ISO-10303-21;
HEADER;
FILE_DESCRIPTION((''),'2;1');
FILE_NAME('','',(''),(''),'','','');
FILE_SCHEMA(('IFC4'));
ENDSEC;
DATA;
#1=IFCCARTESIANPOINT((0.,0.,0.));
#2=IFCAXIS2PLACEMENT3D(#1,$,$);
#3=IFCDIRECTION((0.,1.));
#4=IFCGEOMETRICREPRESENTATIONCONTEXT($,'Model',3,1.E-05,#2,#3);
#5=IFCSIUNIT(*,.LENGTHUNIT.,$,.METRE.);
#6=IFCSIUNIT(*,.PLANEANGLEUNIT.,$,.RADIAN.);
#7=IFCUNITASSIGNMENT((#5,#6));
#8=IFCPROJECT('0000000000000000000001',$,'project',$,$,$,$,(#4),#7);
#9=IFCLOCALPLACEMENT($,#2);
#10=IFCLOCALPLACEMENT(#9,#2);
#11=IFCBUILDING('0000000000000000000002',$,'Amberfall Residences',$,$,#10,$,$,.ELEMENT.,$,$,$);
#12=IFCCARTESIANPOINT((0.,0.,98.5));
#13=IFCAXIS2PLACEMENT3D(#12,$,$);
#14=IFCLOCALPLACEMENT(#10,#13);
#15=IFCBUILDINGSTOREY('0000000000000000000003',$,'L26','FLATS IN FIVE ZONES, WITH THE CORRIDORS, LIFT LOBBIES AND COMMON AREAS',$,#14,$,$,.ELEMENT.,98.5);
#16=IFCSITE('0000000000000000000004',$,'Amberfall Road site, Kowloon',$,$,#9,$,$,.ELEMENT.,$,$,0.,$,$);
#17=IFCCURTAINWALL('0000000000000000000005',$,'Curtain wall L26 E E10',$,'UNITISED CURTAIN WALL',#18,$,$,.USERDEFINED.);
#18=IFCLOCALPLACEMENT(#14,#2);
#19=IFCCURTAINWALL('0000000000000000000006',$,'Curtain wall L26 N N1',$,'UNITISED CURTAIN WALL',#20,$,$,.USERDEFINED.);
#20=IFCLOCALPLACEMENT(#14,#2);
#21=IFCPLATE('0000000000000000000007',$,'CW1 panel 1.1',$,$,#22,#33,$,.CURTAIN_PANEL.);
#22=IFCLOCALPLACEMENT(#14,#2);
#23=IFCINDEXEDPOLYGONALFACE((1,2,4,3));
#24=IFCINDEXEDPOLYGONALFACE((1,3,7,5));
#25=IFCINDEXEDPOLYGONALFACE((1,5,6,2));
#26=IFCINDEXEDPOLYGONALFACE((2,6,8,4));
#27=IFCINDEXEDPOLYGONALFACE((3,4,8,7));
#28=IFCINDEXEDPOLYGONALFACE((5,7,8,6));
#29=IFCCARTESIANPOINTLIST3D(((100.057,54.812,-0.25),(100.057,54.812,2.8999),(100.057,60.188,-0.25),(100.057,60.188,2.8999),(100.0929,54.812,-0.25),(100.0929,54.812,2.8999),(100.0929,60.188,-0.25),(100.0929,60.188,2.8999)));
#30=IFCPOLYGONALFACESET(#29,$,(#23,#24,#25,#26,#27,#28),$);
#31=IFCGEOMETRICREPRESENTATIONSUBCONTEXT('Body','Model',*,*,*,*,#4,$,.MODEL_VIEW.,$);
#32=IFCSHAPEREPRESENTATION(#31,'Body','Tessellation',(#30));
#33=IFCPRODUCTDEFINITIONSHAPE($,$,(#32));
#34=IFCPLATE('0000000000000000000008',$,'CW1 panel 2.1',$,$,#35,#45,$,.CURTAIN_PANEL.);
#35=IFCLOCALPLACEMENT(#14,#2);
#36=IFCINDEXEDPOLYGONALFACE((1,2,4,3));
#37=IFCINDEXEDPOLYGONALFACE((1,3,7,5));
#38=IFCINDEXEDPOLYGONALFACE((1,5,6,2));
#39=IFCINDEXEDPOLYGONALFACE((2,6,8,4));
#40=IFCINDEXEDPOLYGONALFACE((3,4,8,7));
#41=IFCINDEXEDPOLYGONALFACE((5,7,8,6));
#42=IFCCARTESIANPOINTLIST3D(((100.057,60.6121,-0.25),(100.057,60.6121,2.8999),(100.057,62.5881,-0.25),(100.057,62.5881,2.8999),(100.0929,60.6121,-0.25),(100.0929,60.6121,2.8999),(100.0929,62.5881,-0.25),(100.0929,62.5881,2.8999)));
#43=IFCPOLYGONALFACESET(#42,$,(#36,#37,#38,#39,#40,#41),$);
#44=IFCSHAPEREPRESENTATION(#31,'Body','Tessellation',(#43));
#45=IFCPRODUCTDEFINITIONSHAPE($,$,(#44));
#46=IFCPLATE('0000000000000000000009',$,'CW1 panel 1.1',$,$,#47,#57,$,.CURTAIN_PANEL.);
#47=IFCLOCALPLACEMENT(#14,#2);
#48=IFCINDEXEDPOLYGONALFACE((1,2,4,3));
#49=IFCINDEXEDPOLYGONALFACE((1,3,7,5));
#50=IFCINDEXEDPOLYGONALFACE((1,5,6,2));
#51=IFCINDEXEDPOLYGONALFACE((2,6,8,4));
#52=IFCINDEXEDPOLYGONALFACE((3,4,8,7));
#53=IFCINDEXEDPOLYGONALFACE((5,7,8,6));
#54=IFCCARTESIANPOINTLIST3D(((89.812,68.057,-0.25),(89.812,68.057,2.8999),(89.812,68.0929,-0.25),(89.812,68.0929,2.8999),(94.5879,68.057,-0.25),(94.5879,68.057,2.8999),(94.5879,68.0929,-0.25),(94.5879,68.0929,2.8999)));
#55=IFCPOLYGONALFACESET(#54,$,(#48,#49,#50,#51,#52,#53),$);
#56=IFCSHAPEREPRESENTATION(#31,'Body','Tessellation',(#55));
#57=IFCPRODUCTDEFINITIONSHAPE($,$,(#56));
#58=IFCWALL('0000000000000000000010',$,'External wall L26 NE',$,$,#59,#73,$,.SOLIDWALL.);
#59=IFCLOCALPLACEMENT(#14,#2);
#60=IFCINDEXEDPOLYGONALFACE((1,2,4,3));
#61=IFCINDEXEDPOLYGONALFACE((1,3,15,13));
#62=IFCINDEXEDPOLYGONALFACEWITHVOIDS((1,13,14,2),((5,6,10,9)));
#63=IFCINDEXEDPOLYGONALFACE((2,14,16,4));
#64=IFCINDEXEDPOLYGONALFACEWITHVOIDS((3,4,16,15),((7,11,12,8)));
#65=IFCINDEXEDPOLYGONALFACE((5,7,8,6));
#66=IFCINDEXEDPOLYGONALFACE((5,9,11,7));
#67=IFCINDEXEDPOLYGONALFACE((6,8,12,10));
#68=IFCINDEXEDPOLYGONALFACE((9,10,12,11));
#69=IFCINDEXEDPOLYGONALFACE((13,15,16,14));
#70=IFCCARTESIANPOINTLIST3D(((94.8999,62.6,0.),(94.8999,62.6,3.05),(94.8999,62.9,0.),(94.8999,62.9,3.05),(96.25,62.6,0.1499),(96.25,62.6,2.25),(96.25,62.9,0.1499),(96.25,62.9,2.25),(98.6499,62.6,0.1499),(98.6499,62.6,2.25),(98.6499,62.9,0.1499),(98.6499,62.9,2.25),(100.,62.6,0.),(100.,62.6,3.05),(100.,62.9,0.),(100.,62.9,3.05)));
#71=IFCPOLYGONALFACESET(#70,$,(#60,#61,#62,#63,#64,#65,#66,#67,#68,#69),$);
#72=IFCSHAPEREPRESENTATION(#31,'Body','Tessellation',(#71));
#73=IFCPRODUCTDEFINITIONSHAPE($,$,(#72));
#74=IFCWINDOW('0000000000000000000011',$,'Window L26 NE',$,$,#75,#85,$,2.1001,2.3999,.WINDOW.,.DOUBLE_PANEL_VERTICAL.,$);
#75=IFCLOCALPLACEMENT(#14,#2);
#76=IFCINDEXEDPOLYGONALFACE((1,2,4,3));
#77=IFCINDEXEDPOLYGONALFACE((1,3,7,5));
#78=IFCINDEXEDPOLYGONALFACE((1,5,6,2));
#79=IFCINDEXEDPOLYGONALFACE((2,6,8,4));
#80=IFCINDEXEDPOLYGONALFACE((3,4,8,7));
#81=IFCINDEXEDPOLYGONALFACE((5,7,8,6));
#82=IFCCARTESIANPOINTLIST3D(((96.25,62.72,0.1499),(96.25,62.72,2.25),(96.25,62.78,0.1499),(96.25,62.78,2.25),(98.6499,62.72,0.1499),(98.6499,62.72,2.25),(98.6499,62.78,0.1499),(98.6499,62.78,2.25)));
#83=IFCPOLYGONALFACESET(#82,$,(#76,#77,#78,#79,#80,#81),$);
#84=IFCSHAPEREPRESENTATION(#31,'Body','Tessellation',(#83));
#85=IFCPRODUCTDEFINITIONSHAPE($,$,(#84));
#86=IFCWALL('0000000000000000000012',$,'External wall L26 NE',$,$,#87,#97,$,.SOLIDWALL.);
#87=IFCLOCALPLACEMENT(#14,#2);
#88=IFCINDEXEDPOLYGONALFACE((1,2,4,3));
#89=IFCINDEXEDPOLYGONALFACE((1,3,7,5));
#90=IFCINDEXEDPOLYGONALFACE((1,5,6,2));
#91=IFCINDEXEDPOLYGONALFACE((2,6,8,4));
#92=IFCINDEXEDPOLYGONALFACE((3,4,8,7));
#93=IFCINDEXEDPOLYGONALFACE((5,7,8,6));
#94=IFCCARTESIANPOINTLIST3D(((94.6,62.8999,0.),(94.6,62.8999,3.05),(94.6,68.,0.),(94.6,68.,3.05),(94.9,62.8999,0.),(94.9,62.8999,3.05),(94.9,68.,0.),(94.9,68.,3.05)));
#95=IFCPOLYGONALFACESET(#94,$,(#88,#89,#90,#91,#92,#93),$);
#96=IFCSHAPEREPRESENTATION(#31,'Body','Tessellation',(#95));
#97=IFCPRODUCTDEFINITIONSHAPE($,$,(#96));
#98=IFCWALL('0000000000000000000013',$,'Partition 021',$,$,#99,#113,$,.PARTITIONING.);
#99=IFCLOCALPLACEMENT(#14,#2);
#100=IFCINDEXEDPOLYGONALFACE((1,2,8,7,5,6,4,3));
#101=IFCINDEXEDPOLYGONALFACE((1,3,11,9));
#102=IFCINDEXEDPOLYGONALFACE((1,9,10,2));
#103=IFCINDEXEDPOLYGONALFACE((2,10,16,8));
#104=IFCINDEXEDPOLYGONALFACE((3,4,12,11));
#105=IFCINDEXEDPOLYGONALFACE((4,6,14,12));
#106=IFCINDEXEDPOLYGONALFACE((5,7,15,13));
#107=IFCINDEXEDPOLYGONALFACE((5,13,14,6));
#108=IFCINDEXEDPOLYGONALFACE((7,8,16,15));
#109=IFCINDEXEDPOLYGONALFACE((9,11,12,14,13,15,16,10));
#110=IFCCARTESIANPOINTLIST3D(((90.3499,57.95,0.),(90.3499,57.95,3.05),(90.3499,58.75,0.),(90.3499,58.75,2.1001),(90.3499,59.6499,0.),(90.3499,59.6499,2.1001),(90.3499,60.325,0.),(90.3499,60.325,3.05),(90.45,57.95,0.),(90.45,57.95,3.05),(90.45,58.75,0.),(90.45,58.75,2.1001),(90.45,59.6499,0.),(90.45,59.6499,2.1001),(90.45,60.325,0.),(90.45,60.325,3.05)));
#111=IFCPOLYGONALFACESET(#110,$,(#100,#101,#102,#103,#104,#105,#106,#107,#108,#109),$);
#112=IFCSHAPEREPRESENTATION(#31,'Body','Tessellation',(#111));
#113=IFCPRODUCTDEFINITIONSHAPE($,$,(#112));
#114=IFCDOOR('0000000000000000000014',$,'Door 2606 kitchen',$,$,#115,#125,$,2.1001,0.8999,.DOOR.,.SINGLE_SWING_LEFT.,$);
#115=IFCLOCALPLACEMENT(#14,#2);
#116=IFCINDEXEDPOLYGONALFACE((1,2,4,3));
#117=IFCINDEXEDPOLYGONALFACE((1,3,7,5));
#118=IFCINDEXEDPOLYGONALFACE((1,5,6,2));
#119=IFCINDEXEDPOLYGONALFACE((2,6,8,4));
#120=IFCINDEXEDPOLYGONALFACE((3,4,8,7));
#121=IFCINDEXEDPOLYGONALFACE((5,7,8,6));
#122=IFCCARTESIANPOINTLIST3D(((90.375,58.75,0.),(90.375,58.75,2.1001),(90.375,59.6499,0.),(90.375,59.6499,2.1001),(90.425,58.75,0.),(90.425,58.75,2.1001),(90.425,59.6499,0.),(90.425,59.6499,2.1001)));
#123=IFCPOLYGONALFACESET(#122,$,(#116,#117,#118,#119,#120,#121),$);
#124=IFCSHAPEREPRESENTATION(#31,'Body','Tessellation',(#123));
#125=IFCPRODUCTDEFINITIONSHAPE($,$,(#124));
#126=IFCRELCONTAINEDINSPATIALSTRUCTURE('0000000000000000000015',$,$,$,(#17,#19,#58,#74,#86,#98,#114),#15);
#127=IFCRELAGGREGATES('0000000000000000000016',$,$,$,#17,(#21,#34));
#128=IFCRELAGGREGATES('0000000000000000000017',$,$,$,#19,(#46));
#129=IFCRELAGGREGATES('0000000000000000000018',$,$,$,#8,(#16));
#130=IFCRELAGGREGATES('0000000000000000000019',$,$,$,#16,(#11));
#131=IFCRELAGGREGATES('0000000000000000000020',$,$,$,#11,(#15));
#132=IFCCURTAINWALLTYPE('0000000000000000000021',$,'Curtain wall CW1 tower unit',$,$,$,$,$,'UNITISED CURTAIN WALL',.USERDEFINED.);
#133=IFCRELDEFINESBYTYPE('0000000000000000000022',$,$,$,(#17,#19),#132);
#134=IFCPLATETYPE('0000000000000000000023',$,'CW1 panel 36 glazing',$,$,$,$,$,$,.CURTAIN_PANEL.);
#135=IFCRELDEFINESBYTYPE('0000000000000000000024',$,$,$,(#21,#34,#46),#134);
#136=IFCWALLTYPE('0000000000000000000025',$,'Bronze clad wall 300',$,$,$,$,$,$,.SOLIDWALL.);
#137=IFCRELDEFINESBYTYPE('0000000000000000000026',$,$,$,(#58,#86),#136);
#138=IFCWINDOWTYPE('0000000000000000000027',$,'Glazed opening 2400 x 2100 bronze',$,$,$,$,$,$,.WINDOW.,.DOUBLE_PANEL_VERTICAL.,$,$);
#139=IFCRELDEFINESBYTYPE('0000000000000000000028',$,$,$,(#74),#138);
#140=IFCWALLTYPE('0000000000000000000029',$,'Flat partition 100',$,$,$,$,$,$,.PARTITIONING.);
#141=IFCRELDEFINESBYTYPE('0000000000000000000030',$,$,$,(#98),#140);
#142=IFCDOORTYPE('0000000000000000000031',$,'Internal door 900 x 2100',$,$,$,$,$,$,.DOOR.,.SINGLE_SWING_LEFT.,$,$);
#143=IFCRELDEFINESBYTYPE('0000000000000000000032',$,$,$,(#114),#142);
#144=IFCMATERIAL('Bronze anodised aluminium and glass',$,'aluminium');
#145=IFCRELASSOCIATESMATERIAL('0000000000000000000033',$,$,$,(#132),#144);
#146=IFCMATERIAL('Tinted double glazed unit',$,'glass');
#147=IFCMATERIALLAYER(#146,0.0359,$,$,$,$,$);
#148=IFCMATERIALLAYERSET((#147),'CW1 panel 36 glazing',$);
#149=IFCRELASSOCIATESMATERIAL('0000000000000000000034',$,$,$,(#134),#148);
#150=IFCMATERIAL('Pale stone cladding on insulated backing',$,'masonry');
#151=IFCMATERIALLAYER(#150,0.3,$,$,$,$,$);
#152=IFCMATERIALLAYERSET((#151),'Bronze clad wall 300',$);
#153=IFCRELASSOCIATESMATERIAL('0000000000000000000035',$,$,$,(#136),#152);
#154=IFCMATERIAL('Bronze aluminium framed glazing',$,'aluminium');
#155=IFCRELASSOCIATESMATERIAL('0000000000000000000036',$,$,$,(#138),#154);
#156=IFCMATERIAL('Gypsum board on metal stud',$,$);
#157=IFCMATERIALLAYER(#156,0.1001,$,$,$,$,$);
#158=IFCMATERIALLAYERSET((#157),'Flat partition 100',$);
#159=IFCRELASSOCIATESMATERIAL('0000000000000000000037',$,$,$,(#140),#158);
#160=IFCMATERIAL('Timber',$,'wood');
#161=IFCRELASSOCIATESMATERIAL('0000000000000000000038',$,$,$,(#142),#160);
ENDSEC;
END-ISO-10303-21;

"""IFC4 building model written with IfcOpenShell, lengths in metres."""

from ifc_helpers import new_model, si_unit, direction, frame, frame_2d, origin, origin_2d, place, context, subcontext, project, spatial, rectangle, extrude, material, layer, layer_set, type_object, element, fill, aggregate, save


model = new_model("IFC4")

# Units and contexts
model_context = context("Model", 3, precision=1e-05, world=origin(), true_north=direction((0.0, 1.0)))
body_context = subcontext(model_context, "Body", "Model", "MODEL_VIEW")
ifc_project = project(units=[si_unit("LENGTHUNIT", "METRE"), si_unit("PLANEANGLEUNIT", "RADIAN")], contexts=[model_context])

# Site, building, storey
site_placement = place(None, origin())
site = spatial("IfcSite", under=ifc_project, at=site_placement, Name="Amberfall Road site, Kowloon", CompositionType="ELEMENT", RefElevation=0.0)
building_placement = place(site_placement, origin())
building = spatial("IfcBuilding", under=site, at=building_placement, Name="Amberfall Residences", CompositionType="ELEMENT")
storey_placement = place(building_placement, frame((0.0, 0.0, 98.5)))
storey = spatial("IfcBuildingStorey", under=building, at=storey_placement, Name="L26", Description="FLATS IN FIVE ZONES, WITH THE CORRIDORS, LIFT LOBBIES AND COMMON AREAS", CompositionType="ELEMENT", Elevation=98.5)

# Curtain walls
ifc_material_1 = material(Name="Bronze anodised aluminium and glass", Category="aluminium")
curtain_wall_type = type_object("IfcCurtainWallType", Name="Curtain wall CW1 tower unit", ElementType="UNITISED CURTAIN WALL", PredefinedType="USERDEFINED", material=ifc_material_1)
curtain_wall_1_placement = place(storey_placement, origin())
curtain_wall_1 = element("IfcCurtainWall", 1, at=curtain_wall_1_placement, inside=storey, type_object=curtain_wall_type, Name="Curtain wall L26 E E10", ObjectType="UNITISED CURTAIN WALL", PredefinedType="USERDEFINED")
curtain_wall_2_placement = place(storey_placement, origin())
curtain_wall_2 = element("IfcCurtainWall", 2, at=curtain_wall_2_placement, inside=storey, type_object=curtain_wall_type, Name="Curtain wall L26 N N1", ObjectType="UNITISED CURTAIN WALL", PredefinedType="USERDEFINED")

# Plates
ifc_material_2 = material(Name="Tinted double glazed unit", Category="glass")
ifc_layer_1 = layer(ifc_material_2, 0.0359)
ifc_layer_set_1 = layer_set([ifc_layer_1], Name="CW1 panel 36 glazing")
plate_type = type_object("IfcPlateType", Name="CW1 panel 36 glazing", PredefinedType="CURTAIN_PANEL", material=ifc_layer_set_1)
plate_1_placement = place(storey_placement, frame((100.075, 57.5, -0.25), z_axis=(0.0, 0.0, 1.0), x_axis=(0.0, 1.0, 0.0)))
plate_1 = element("IfcPlate", 3, at=plate_1_placement, type_object=plate_type, Name="CW1 panel 1.1", PredefinedType="CURTAIN_PANEL", context=body_context, shape_type="SweptSolid", body=[
    extrude(rectangle(XDim=5.376, YDim=0.0359, at=origin_2d()), origin(), (0.0, 0.0, 1.0), 3.1499),
])
plate_2_placement = place(storey_placement, frame((100.075, 61.6001, -0.25), z_axis=(0.0, 0.0, 1.0), x_axis=(0.0, 1.0, 0.0)))
plate_2 = element("IfcPlate", 4, at=plate_2_placement, type_object=plate_type, Name="CW1 panel 2.1", PredefinedType="CURTAIN_PANEL", context=body_context, shape_type="SweptSolid", body=[
    extrude(rectangle(XDim=1.9761, YDim=0.0359, at=origin_2d()), origin(), (0.0, 0.0, 1.0), 3.1499),
])
aggregate(curtain_wall_1, [plate_1, plate_2])
plate_3_placement = place(storey_placement, frame((92.2, 68.075, -0.25), z_axis=(0.0, 0.0, 1.0), x_axis=(-1.0, 0.0, 0.0)))
plate_3 = element("IfcPlate", 5, at=plate_3_placement, type_object=plate_type, Name="CW1 panel 1.1", PredefinedType="CURTAIN_PANEL", context=body_context, shape_type="SweptSolid", body=[
    extrude(rectangle(XDim=4.7759, YDim=0.0359, at=origin_2d()), origin(), (0.0, 0.0, 1.0), 3.1499),
])
aggregate(curtain_wall_2, [plate_3])

# Wall, opening, window
ifc_material_3 = material(Name="Pale stone cladding on insulated backing", Category="masonry")
ifc_layer_2 = layer(ifc_material_3, 0.3)
ifc_layer_set_2 = layer_set([ifc_layer_2], Name="Bronze clad wall 300")
wall_type_1 = type_object("IfcWallType", Name="Bronze clad wall 300", PredefinedType="SOLIDWALL", material=ifc_layer_set_2)
wall_1_placement = place(storey_placement, frame((100.0, 62.75, 0.0), z_axis=(0.0, 0.0, 1.0), x_axis=(-1.0, 0.0, 0.0)))
wall_1 = element("IfcWall", 6, at=wall_1_placement, inside=storey, type_object=wall_type_1, Name="External wall L26 NE", PredefinedType="SOLIDWALL", context=body_context, shape_type="SweptSolid", body=[
    extrude(rectangle(XDim=5.1001, YDim=0.3, at=frame_2d((2.55, 0.0))), origin(), (0.0, 0.0, 1.0), 3.05),
])
opening_1_placement = place(wall_1_placement, frame((1.3501, 0.0, 0.1499)))
opening_1 = element("IfcOpeningElement", 7, at=opening_1_placement, cuts=wall_1, PredefinedType="OPENING", context=body_context, shape_type="SweptSolid", body=[
    extrude(rectangle(XDim=2.3999, YDim=2.1001, at=frame_2d((1.2, 1.05))), frame((0.0, 0.1599, 0.0), z_axis=(0.0, -1.0, 0.0), x_axis=(1.0, 0.0, 0.0)), (0.0, 0.0, 1.0), 0.3201),
])
ifc_material_4 = material(Name="Bronze aluminium framed glazing", Category="aluminium")
window_type = type_object("IfcWindowType", Name="Glazed opening 2400 x 2100 bronze", PartitioningType="DOUBLE_PANEL_VERTICAL", PredefinedType="WINDOW", material=ifc_material_4)
window_placement = place(opening_1_placement, origin())
window = element("IfcWindow", 8, at=window_placement, inside=storey, type_object=window_type, Name="Window L26 NE", OverallHeight=2.1001, OverallWidth=2.3999, PartitioningType="DOUBLE_PANEL_VERTICAL", PredefinedType="WINDOW", context=body_context, shape_type="SweptSolid", body=[
    extrude(rectangle(XDim=2.3999, YDim=2.1001, at=frame_2d((1.2, 1.05))), frame((0.0, 0.03, 0.0), z_axis=(0.0, -1.0, 0.0), x_axis=(1.0, 0.0, 0.0)), (0.0, 0.0, 1.0), 0.0601),
])
fill(opening_1, window)

# Wall
wall_2_placement = place(storey_placement, frame((94.75, 62.8999, 0.0), z_axis=(0.0, 0.0, 1.0), x_axis=(0.0, 1.0, 0.0)))
element("IfcWall", 9, at=wall_2_placement, inside=storey, type_object=wall_type_1, Name="External wall L26 NE", PredefinedType="SOLIDWALL", context=body_context, shape_type="SweptSolid", body=[
    extrude(rectangle(XDim=5.1001, YDim=0.3, at=frame_2d((2.55, 0.0))), origin(), (0.0, 0.0, 1.0), 3.05),
])

# Wall, opening, door
ifc_material_5 = material(Name="Gypsum board on metal stud")
ifc_layer_3 = layer(ifc_material_5, 0.1001)
ifc_layer_set_3 = layer_set([ifc_layer_3], Name="Flat partition 100")
wall_type_2 = type_object("IfcWallType", Name="Flat partition 100", PredefinedType="PARTITIONING", material=ifc_layer_set_3)
wall_3_placement = place(storey_placement, frame((90.3999, 57.95, 0.0), z_axis=(0.0, 0.0, 1.0), x_axis=(0.0, 1.0, 0.0)))
wall_3 = element("IfcWall", 10, at=wall_3_placement, inside=storey, type_object=wall_type_2, Name="Partition 021", PredefinedType="PARTITIONING", context=body_context, shape_type="SweptSolid", body=[
    extrude(rectangle(XDim=2.375, YDim=0.1001, at=frame_2d((1.1875, 0.0))), origin(), (0.0, 0.0, 1.0), 3.05),
])
opening_2_placement = place(wall_3_placement, frame((0.8, 0.0, 0.0)))
opening_2 = element("IfcOpeningElement", 11, at=opening_2_placement, cuts=wall_3, PredefinedType="OPENING", context=body_context, shape_type="SweptSolid", body=[
    extrude(rectangle(XDim=0.8999, YDim=2.1001, at=frame_2d((0.45, 1.05))), frame((0.0, 0.0601, 0.0), z_axis=(0.0, -1.0, 0.0), x_axis=(1.0, 0.0, 0.0)), (0.0, 0.0, 1.0), 0.1201),
])
ifc_material_6 = material(Name="Timber", Category="wood")
door_type = type_object("IfcDoorType", Name="Internal door 900 x 2100", OperationType="SINGLE_SWING_LEFT", PredefinedType="DOOR", material=ifc_material_6)
door_placement = place(opening_2_placement, origin())
door = element("IfcDoor", 12, at=door_placement, inside=storey, type_object=door_type, Name="Door 2606 kitchen", OperationType="SINGLE_SWING_LEFT", OverallHeight=2.1001, OverallWidth=0.8999, PredefinedType="DOOR", context=body_context, shape_type="SweptSolid", body=[
    extrude(rectangle(XDim=0.8999, YDim=2.1001, at=frame_2d((0.45, 1.05))), frame((0.0, 0.0249, 0.0), z_axis=(0.0, -1.0, 0.0), x_axis=(1.0, 0.0, 0.0)), (0.0, 0.0, 1.0), 0.05),
])
fill(opening_2, door)

save(model, "model.ifc")
